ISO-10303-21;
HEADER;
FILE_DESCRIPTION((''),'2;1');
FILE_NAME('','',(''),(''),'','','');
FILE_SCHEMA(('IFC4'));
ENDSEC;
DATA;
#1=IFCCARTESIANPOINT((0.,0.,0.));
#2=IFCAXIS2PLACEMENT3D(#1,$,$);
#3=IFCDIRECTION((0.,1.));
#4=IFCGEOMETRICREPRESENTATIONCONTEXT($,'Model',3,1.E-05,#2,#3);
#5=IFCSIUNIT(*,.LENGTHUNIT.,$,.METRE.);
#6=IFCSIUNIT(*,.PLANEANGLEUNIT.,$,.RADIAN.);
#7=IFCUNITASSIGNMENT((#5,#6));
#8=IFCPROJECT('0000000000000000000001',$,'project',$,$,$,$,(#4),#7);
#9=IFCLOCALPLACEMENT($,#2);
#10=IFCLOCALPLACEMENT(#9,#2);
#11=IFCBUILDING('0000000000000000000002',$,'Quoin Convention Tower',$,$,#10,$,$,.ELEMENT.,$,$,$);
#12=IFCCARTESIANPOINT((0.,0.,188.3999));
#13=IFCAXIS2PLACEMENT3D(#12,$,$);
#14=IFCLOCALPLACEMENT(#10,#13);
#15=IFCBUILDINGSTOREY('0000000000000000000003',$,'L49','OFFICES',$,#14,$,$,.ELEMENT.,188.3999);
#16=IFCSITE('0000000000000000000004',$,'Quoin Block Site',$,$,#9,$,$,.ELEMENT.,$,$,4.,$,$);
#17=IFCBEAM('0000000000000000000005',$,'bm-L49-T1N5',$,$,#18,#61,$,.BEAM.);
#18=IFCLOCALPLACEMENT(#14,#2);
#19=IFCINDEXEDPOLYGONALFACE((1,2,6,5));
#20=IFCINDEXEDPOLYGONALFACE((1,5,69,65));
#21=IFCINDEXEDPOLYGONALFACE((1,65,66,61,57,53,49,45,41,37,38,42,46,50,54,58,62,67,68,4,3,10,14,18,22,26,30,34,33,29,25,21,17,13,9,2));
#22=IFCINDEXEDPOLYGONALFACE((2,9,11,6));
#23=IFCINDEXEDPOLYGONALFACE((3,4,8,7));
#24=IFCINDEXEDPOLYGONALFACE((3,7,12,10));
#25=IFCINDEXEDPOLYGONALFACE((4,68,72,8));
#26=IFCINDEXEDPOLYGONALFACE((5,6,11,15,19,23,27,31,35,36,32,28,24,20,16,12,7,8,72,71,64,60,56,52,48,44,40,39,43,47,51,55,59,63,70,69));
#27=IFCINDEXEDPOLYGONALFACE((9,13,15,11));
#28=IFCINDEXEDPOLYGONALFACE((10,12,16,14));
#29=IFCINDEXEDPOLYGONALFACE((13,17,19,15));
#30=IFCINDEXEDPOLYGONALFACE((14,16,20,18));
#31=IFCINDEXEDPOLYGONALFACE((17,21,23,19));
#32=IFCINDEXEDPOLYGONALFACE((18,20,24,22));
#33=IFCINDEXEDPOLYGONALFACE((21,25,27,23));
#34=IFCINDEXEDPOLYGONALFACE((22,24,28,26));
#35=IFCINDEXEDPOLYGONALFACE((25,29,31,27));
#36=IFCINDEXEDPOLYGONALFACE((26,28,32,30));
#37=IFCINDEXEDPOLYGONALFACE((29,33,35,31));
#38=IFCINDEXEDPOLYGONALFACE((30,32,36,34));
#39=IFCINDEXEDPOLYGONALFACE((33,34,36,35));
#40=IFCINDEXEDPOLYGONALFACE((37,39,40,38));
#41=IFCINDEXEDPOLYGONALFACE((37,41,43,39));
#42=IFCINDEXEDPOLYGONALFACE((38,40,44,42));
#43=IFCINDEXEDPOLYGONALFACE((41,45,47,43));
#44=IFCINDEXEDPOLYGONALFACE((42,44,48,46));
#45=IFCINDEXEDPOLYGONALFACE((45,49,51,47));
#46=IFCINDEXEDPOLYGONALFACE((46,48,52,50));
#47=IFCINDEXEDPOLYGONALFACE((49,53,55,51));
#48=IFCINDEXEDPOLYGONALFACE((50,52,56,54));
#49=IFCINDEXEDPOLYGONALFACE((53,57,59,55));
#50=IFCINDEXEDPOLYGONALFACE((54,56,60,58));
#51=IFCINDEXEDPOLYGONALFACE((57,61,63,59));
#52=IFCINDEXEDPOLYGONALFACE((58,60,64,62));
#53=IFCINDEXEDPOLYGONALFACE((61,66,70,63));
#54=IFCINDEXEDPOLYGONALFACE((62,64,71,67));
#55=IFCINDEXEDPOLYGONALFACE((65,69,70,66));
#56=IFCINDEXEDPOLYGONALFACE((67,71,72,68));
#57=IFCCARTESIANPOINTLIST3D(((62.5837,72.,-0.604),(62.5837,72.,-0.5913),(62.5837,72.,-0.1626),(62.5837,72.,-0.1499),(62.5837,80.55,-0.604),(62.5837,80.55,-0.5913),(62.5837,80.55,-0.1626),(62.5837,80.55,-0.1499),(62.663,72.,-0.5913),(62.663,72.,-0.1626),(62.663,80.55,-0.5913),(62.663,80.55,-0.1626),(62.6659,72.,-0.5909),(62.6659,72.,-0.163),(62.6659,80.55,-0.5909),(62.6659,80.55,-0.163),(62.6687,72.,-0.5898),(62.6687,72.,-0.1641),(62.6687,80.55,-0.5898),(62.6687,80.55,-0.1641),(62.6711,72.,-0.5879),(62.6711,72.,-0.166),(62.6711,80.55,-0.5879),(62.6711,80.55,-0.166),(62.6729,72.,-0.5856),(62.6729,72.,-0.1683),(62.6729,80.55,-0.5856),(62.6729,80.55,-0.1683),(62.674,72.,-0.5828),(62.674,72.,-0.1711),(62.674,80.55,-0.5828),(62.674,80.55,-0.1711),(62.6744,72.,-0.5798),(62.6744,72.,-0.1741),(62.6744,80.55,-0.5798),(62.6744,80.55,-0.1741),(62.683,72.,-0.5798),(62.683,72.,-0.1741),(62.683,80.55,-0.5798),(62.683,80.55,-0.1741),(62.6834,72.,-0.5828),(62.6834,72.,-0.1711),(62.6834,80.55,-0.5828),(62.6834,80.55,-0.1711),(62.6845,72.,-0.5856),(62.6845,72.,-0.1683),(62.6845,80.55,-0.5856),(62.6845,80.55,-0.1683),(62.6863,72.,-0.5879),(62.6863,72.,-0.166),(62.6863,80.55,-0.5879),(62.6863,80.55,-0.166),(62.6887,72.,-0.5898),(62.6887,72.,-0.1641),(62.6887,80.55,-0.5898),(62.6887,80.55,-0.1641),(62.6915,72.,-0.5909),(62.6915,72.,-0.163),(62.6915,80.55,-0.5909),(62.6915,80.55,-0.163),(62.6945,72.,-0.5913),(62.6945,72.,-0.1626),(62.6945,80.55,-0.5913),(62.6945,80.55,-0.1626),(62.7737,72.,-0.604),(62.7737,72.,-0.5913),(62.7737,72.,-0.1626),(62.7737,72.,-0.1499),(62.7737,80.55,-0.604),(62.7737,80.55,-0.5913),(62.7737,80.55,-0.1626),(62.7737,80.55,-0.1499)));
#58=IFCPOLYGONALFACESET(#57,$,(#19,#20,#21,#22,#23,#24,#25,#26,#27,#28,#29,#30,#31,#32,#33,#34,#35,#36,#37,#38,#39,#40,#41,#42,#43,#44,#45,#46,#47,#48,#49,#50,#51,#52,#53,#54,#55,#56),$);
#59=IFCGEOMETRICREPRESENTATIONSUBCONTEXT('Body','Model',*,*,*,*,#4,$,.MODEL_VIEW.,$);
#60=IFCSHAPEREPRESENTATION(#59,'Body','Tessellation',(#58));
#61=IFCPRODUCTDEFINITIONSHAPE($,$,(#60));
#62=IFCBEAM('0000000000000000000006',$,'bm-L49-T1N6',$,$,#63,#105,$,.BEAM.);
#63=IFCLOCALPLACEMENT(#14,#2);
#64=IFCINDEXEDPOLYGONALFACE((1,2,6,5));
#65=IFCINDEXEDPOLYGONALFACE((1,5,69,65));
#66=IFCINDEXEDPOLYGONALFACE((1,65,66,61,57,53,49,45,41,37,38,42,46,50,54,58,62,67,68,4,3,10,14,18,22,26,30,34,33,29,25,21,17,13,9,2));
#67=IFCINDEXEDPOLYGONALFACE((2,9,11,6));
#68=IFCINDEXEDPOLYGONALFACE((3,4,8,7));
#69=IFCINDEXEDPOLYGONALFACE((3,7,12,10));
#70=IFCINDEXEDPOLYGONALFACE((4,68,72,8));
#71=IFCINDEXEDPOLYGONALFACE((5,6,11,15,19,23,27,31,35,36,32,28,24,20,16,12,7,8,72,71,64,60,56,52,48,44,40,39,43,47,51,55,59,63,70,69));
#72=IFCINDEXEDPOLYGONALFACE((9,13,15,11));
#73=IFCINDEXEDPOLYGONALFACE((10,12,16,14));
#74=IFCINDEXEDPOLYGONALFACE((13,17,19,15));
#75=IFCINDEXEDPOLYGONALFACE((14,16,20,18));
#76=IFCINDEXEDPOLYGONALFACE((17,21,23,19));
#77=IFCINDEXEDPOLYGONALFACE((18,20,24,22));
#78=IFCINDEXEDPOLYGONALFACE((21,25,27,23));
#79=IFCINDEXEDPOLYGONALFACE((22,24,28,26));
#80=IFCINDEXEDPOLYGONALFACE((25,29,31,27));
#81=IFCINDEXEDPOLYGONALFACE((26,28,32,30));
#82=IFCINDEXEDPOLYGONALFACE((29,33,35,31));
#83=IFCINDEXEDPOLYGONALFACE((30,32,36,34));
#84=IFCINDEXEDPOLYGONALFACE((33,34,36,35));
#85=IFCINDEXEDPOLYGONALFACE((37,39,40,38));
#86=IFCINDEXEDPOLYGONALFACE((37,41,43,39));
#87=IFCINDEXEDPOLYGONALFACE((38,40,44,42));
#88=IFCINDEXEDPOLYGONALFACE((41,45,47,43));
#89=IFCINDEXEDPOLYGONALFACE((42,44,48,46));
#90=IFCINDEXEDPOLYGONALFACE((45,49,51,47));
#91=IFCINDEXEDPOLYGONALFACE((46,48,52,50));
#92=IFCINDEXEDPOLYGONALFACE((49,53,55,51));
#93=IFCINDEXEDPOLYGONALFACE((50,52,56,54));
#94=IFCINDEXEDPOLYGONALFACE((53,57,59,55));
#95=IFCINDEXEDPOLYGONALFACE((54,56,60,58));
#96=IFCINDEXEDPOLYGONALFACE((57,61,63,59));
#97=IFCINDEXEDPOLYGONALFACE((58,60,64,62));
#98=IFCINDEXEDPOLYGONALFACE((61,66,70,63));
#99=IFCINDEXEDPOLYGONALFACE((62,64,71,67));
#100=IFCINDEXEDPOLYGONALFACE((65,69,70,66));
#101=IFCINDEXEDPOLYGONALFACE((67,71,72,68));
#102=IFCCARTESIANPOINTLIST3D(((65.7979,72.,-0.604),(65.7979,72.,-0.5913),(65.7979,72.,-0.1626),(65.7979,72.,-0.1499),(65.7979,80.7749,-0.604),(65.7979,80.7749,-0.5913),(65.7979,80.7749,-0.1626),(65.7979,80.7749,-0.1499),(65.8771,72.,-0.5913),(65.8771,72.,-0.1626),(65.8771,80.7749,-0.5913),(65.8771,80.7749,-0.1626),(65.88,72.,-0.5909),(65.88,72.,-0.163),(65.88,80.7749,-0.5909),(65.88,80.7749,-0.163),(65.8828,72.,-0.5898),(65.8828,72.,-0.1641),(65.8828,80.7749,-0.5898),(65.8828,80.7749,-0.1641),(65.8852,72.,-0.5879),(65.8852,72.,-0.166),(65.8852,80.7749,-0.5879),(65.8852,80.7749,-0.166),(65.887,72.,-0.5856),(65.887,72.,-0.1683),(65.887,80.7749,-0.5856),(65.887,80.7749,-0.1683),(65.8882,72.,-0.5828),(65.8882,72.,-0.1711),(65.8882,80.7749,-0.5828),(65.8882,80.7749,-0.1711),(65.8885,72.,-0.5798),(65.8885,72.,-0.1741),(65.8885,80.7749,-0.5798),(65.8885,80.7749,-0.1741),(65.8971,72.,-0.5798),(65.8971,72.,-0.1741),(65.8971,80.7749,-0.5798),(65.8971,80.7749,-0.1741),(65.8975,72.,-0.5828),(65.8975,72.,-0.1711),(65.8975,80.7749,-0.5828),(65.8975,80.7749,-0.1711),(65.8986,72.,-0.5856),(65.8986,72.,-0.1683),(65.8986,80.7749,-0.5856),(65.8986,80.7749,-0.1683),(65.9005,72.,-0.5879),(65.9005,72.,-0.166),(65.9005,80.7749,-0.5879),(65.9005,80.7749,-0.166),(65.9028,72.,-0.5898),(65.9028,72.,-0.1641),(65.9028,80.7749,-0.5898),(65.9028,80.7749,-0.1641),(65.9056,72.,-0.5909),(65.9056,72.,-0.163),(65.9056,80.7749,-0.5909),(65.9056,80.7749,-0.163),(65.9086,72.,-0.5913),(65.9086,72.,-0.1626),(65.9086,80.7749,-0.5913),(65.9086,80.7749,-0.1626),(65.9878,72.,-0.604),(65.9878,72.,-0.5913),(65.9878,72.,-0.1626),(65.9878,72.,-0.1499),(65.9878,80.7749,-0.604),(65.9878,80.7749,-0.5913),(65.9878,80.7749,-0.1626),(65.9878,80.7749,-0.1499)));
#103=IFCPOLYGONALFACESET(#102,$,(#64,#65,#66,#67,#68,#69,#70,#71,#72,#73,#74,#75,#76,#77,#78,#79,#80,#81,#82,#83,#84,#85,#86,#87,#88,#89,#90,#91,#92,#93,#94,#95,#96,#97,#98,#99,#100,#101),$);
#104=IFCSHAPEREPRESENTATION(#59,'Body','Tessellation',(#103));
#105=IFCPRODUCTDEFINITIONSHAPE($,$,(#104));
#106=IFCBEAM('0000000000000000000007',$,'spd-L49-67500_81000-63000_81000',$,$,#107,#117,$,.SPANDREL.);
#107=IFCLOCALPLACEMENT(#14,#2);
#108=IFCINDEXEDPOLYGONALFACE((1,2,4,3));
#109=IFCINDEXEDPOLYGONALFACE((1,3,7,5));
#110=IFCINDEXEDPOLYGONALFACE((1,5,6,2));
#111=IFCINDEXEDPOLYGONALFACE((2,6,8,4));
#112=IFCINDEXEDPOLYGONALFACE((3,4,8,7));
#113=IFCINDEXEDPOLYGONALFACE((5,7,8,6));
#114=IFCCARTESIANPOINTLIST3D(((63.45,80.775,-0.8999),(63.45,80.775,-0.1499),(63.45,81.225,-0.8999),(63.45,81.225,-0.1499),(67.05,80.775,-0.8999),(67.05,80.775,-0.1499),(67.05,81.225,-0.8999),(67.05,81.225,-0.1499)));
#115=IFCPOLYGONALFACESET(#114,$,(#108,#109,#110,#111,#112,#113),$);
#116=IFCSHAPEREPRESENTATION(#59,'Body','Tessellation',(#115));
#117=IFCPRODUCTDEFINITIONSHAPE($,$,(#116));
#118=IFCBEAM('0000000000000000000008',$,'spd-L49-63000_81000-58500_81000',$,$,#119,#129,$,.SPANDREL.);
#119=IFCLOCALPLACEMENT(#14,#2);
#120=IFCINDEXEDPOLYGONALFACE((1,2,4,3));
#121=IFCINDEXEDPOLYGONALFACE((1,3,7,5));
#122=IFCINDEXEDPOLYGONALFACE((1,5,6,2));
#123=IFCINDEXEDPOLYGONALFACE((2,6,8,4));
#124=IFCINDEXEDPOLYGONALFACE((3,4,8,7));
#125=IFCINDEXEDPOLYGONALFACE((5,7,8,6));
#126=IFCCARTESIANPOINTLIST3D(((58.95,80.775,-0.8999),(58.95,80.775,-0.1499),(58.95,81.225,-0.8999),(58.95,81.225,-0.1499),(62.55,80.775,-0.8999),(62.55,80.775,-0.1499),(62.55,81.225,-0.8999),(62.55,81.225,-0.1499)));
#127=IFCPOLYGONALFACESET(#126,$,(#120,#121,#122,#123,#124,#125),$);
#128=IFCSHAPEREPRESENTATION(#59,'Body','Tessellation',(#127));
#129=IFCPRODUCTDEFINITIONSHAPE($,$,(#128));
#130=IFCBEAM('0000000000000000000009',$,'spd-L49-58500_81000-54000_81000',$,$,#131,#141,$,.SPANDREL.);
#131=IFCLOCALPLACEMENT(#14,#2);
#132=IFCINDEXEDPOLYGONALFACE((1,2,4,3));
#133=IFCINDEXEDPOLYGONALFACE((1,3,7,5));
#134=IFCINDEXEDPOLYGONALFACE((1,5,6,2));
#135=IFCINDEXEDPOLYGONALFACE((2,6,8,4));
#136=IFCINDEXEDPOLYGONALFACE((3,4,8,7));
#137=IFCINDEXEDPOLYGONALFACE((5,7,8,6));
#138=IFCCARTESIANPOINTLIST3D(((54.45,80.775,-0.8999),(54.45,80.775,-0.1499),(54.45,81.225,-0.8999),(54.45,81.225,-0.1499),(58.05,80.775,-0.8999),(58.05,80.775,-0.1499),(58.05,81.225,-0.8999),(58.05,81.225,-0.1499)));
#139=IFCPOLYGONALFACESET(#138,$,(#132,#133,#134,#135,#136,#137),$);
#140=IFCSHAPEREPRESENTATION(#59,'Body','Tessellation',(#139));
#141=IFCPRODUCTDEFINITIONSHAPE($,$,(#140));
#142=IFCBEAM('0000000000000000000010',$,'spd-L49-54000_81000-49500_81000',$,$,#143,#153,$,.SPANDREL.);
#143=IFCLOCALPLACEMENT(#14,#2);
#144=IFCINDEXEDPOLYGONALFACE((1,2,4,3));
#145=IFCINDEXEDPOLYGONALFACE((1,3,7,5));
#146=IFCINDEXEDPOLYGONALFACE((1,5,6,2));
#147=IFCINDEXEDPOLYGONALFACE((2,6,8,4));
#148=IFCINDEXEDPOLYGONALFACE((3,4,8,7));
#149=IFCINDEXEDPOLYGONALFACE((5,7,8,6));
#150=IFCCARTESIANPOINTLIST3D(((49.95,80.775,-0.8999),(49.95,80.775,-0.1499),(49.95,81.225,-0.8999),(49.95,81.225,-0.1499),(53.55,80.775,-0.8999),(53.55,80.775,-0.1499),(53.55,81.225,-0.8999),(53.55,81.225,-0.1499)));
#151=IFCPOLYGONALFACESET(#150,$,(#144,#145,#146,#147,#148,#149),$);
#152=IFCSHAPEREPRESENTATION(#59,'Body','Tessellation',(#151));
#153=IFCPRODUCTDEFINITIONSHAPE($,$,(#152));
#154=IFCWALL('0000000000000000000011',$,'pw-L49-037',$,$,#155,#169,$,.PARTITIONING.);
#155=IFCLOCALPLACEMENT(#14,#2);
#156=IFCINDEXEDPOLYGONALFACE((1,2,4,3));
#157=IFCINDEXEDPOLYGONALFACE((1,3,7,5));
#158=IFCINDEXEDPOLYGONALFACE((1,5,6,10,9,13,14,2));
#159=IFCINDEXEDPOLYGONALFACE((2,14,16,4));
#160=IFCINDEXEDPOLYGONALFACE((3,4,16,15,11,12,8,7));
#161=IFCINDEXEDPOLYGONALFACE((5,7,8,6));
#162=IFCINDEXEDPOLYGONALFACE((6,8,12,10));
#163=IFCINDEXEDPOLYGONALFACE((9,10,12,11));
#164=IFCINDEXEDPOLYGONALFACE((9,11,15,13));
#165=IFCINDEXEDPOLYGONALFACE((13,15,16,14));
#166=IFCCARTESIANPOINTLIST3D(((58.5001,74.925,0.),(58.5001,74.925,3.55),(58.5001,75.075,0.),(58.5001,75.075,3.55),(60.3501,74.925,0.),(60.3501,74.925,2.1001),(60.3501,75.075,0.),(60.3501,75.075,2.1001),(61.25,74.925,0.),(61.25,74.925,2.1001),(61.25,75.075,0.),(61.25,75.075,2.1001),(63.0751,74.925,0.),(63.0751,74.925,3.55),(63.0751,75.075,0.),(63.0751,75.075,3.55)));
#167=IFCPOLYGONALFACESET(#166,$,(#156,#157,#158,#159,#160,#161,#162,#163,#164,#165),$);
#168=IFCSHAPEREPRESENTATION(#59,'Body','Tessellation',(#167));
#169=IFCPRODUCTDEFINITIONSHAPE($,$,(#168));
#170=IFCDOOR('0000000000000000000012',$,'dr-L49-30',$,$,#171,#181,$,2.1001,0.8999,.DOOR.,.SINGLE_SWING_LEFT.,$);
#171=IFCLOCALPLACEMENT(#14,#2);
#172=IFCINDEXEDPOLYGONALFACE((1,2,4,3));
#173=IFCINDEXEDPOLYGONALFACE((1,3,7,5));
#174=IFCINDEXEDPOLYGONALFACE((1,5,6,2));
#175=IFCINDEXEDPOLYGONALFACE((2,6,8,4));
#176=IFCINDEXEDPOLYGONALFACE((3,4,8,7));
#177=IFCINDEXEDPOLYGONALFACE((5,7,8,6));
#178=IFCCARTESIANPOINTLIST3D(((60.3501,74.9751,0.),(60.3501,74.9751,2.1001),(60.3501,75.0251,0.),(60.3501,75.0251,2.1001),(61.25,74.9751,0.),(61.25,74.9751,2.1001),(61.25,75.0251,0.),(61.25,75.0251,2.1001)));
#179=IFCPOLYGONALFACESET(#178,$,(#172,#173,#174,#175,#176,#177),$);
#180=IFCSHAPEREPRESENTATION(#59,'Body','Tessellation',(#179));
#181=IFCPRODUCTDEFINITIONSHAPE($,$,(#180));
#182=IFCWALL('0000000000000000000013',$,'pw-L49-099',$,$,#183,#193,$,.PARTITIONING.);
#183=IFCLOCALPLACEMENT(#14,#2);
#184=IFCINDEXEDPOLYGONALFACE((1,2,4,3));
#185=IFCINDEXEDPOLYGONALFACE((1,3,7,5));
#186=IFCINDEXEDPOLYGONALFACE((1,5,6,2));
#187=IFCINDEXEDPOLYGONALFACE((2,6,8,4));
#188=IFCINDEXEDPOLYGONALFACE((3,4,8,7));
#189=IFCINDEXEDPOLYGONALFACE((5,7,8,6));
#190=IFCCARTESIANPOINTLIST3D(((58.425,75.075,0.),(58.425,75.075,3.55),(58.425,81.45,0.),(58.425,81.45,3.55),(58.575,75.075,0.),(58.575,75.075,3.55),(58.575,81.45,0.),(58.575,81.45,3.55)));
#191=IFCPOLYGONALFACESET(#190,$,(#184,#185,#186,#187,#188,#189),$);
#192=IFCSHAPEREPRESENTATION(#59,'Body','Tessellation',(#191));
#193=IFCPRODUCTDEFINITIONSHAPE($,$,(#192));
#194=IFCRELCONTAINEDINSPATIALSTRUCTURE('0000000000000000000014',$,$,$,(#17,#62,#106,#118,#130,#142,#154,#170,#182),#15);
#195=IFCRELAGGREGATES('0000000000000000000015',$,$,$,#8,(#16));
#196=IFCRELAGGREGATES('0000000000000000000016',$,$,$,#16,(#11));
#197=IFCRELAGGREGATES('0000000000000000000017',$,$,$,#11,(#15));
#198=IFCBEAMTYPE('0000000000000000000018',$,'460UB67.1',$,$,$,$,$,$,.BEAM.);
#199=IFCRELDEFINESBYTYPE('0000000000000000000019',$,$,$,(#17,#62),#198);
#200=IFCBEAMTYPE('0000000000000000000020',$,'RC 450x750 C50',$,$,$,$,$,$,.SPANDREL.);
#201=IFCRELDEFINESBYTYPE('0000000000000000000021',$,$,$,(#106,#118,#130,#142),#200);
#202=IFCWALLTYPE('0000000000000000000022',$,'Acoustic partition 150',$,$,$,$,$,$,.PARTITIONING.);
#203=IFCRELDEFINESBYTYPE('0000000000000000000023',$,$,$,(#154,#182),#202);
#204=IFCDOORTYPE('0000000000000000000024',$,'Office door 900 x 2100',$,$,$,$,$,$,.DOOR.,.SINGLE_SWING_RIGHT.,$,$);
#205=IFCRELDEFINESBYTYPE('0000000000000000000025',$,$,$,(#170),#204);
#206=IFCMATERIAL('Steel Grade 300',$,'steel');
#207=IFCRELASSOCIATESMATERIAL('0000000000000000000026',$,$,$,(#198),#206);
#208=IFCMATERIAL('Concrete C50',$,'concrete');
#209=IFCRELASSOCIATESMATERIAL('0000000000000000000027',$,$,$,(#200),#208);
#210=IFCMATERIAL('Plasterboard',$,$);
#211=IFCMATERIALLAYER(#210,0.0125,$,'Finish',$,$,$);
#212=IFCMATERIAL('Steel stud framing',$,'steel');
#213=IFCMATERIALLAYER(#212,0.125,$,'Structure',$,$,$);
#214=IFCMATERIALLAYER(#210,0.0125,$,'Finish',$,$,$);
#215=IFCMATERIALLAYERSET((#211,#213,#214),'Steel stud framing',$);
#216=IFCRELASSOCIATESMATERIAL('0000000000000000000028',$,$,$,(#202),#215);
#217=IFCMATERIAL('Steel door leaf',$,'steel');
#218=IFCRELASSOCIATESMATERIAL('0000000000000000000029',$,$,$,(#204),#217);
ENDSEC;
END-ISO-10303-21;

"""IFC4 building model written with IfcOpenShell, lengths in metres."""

from ifc_helpers import new_model, si_unit, direction, frame, frame_2d, origin, origin_2d, place, context, subcontext, project, spatial, rectangle, i_section, extrude, material, layer, layer_set, material_profile, profile_set, type_object, element, fill, save


model = new_model("IFC4")

# Units and contexts
model_context = context("Model", 3, precision=1e-05, world=origin(), true_north=direction((0.0, 1.0)))
body_context = subcontext(model_context, "Body", "Model", "MODEL_VIEW")
ifc_project = project(units=[si_unit("LENGTHUNIT", "METRE"), si_unit("PLANEANGLEUNIT", "RADIAN")], contexts=[model_context])

# Site, building, storey
site_placement = place(None, origin())
site = spatial("IfcSite", under=ifc_project, at=site_placement, Name="Quoin Block Site", CompositionType="ELEMENT", RefElevation=4.0)
building_placement = place(site_placement, origin())
building = spatial("IfcBuilding", under=site, at=building_placement, Name="Quoin Convention Tower", CompositionType="ELEMENT")
storey_placement = place(building_placement, frame((0.0, 0.0, 188.3999)))
storey = spatial("IfcBuildingStorey", under=building, at=storey_placement, Name="L49", Description="OFFICES", CompositionType="ELEMENT", Elevation=188.3999)

# Shared definitions
ifc_material_1 = material(Name="Concrete C50", Category="concrete")

# Beams
ifc_material_2 = material(Name="Steel Grade 300", Category="steel")
ifc_material_profile_1 = material_profile(ifc_material_2, i_section(OverallWidth=0.1899, OverallDepth=0.4541, WebThickness=0.0085, FlangeThickness=0.0127, FilletRadius=0.0115, at=origin_2d()), Name="460UB67.1")
ifc_profile_set_1 = profile_set([ifc_material_profile_1], Name="Steel Grade 300")
beam_type_1 = type_object("IfcBeamType", Name="460UB67.1", PredefinedType="BEAM", material=ifc_profile_set_1)
beam_1_placement = place(storey_placement, frame((62.6787, 72.0, -0.377), z_axis=(0.0, 1.0, 0.0), x_axis=(-1.0, 0.0, 0.0)))
element("IfcBeam", 1, at=beam_1_placement, inside=storey, type_object=beam_type_1, Name="bm-L49-T1N5", PredefinedType="BEAM", context=body_context, shape_type="SweptSolid", body=[
    extrude(i_section(OverallWidth=0.1899, OverallDepth=0.4541, WebThickness=0.0085, FlangeThickness=0.0127, FilletRadius=0.0115, at=origin_2d()), origin(), (0.0, 0.0, 1.0), 8.55),
])
beam_2_placement = place(storey_placement, frame((65.8928, 72.0, -0.377), z_axis=(0.0, 1.0, 0.0), x_axis=(-1.0, 0.0, 0.0)))
element("IfcBeam", 2, at=beam_2_placement, inside=storey, type_object=beam_type_1, Name="bm-L49-T1N6", PredefinedType="BEAM", context=body_context, shape_type="SweptSolid", body=[
    extrude(i_section(OverallWidth=0.1899, OverallDepth=0.4541, WebThickness=0.0085, FlangeThickness=0.0127, FilletRadius=0.0115, at=origin_2d()), origin(), (0.0, 0.0, 1.0), 8.7749),
])
ifc_material_profile_2 = material_profile(ifc_material_1, rectangle(XDim=0.45, YDim=0.75, at=origin_2d()), Name="RC 450x750")
ifc_profile_set_2 = profile_set([ifc_material_profile_2], Name="Concrete C50")
beam_type_2 = type_object("IfcBeamType", Name="RC 450x750 C50", PredefinedType="SPANDREL", material=ifc_profile_set_2)
for number, where, z_axis, x_axis, name in (
    (3, (67.05, 81.0, -0.5249), (-1.0, 0.0, 0.0), (0.0, -1.0, 0.0), "spd-L49-67500_81000-63000_81000"),
    (4, (62.55, 81.0, -0.5249), (-1.0, 0.0, 0.0), (0.0, -1.0, 0.0), "spd-L49-63000_81000-58500_81000"),
    (5, (58.05, 81.0, -0.5249), (-1.0, 0.0, 0.0), (0.0, -1.0, 0.0), "spd-L49-58500_81000-54000_81000"),
    (6, (53.55, 81.0, -0.5249), (-1.0, 0.0, 0.0), (0.0, -1.0, 0.0), "spd-L49-54000_81000-49500_81000"),
):
    element("IfcBeam", number, at=place(storey_placement, frame(where, z_axis=z_axis, x_axis=x_axis)), inside=storey, type_object=beam_type_2, Name=name, PredefinedType="SPANDREL", context=body_context, shape_type="SweptSolid", body=[
        extrude(rectangle(XDim=0.45, YDim=0.75, at=origin_2d()), origin(), (0.0, 0.0, 1.0), 3.6001),
    ])

# Wall, opening, door
ifc_material_3 = material(Name="Plasterboard")
ifc_layer_1 = layer(ifc_material_3, 0.0125, Name="Finish")
ifc_material_4 = material(Name="Steel stud framing", Category="steel")
ifc_layer_2 = layer(ifc_material_4, 0.125, Name="Structure")
ifc_layer_3 = layer(ifc_material_3, 0.0125, Name="Finish")
ifc_layer_set_1 = layer_set([ifc_layer_1, ifc_layer_2, ifc_layer_3], Name="Steel stud framing")
wall_type_1 = type_object("IfcWallType", Name="Acoustic partition 150", PredefinedType="PARTITIONING", material=ifc_layer_set_1)
wall_1_placement = place(storey_placement, frame((58.5, 75.0, 0.0), z_axis=(0.0, 0.0, 1.0), x_axis=(1.0, 0.0, 0.0)))
wall_1 = element("IfcWall", 7, at=wall_1_placement, inside=storey, type_object=wall_type_1, Name="pw-L49-037", PredefinedType="PARTITIONING", context=body_context, shape_type="SweptSolid", body=[
    extrude(rectangle(XDim=4.575, YDim=0.1499, at=frame_2d((2.2876, 0.0))), origin(), (0.0, 0.0, 1.0), 3.55),
])
opening_1_placement = place(wall_1_placement, frame((1.8501, 0.0, 0.0)))
opening_1 = element("IfcOpeningElement", 8, at=opening_1_placement, cuts=wall_1, PredefinedType="OPENING", context=body_context, shape_type="SweptSolid", body=[
    extrude(rectangle(XDim=0.8999, YDim=2.1001, at=frame_2d((0.45, 1.05))), frame((0.0, 0.085, 0.0), z_axis=(0.0, -1.0, 0.0), x_axis=(1.0, 0.0, 0.0)), (0.0, 0.0, 1.0), 0.1699),
])
ifc_material_5 = material(Name="Steel door leaf", Category="steel")
door_type = type_object("IfcDoorType", Name="Office door 900 x 2100", OperationType="SINGLE_SWING_RIGHT", PredefinedType="DOOR", material=ifc_material_5)
door_1_placement = place(opening_1_placement, frame((0.8999, 0.0, 0.0), z_axis=(0.0, 0.0, 1.0), x_axis=(-1.0, 0.0, 0.0)))
door_1 = element("IfcDoor", 9, at=door_1_placement, inside=storey, type_object=door_type, Name="dr-L49-30", OperationType="SINGLE_SWING_LEFT", OverallHeight=2.1001, OverallWidth=0.8999, PredefinedType="DOOR", context=body_context, shape_type="SweptSolid", body=[
    extrude(rectangle(XDim=0.8999, YDim=2.1001, at=frame_2d((0.45, 1.05))), frame((0.0, 0.0249, 0.0), z_axis=(0.0, -1.0, 0.0), x_axis=(1.0, 0.0, 0.0)), (0.0, 0.0, 1.0), 0.05),
])
fill(opening_1, door_1)

# Wall
for number, where, z_axis, x_axis, name in (
    (10, (58.5, 75.075, 0.0), (0.0, 0.0, 1.0), (0.0, 1.0, 0.0), "pw-L49-099"),
):
    element("IfcWall", number, at=place(storey_placement, frame(where, z_axis=z_axis, x_axis=x_axis)), inside=storey, type_object=wall_type_1, Name=name, PredefinedType="PARTITIONING", context=body_context, shape_type="SweptSolid", body=[
        extrude(rectangle(XDim=6.375, YDim=0.1499, at=frame_2d((3.1875, 0.0))), origin(), (0.0, 0.0, 1.0), 3.55),
    ])

save(model, "model.ifc")
